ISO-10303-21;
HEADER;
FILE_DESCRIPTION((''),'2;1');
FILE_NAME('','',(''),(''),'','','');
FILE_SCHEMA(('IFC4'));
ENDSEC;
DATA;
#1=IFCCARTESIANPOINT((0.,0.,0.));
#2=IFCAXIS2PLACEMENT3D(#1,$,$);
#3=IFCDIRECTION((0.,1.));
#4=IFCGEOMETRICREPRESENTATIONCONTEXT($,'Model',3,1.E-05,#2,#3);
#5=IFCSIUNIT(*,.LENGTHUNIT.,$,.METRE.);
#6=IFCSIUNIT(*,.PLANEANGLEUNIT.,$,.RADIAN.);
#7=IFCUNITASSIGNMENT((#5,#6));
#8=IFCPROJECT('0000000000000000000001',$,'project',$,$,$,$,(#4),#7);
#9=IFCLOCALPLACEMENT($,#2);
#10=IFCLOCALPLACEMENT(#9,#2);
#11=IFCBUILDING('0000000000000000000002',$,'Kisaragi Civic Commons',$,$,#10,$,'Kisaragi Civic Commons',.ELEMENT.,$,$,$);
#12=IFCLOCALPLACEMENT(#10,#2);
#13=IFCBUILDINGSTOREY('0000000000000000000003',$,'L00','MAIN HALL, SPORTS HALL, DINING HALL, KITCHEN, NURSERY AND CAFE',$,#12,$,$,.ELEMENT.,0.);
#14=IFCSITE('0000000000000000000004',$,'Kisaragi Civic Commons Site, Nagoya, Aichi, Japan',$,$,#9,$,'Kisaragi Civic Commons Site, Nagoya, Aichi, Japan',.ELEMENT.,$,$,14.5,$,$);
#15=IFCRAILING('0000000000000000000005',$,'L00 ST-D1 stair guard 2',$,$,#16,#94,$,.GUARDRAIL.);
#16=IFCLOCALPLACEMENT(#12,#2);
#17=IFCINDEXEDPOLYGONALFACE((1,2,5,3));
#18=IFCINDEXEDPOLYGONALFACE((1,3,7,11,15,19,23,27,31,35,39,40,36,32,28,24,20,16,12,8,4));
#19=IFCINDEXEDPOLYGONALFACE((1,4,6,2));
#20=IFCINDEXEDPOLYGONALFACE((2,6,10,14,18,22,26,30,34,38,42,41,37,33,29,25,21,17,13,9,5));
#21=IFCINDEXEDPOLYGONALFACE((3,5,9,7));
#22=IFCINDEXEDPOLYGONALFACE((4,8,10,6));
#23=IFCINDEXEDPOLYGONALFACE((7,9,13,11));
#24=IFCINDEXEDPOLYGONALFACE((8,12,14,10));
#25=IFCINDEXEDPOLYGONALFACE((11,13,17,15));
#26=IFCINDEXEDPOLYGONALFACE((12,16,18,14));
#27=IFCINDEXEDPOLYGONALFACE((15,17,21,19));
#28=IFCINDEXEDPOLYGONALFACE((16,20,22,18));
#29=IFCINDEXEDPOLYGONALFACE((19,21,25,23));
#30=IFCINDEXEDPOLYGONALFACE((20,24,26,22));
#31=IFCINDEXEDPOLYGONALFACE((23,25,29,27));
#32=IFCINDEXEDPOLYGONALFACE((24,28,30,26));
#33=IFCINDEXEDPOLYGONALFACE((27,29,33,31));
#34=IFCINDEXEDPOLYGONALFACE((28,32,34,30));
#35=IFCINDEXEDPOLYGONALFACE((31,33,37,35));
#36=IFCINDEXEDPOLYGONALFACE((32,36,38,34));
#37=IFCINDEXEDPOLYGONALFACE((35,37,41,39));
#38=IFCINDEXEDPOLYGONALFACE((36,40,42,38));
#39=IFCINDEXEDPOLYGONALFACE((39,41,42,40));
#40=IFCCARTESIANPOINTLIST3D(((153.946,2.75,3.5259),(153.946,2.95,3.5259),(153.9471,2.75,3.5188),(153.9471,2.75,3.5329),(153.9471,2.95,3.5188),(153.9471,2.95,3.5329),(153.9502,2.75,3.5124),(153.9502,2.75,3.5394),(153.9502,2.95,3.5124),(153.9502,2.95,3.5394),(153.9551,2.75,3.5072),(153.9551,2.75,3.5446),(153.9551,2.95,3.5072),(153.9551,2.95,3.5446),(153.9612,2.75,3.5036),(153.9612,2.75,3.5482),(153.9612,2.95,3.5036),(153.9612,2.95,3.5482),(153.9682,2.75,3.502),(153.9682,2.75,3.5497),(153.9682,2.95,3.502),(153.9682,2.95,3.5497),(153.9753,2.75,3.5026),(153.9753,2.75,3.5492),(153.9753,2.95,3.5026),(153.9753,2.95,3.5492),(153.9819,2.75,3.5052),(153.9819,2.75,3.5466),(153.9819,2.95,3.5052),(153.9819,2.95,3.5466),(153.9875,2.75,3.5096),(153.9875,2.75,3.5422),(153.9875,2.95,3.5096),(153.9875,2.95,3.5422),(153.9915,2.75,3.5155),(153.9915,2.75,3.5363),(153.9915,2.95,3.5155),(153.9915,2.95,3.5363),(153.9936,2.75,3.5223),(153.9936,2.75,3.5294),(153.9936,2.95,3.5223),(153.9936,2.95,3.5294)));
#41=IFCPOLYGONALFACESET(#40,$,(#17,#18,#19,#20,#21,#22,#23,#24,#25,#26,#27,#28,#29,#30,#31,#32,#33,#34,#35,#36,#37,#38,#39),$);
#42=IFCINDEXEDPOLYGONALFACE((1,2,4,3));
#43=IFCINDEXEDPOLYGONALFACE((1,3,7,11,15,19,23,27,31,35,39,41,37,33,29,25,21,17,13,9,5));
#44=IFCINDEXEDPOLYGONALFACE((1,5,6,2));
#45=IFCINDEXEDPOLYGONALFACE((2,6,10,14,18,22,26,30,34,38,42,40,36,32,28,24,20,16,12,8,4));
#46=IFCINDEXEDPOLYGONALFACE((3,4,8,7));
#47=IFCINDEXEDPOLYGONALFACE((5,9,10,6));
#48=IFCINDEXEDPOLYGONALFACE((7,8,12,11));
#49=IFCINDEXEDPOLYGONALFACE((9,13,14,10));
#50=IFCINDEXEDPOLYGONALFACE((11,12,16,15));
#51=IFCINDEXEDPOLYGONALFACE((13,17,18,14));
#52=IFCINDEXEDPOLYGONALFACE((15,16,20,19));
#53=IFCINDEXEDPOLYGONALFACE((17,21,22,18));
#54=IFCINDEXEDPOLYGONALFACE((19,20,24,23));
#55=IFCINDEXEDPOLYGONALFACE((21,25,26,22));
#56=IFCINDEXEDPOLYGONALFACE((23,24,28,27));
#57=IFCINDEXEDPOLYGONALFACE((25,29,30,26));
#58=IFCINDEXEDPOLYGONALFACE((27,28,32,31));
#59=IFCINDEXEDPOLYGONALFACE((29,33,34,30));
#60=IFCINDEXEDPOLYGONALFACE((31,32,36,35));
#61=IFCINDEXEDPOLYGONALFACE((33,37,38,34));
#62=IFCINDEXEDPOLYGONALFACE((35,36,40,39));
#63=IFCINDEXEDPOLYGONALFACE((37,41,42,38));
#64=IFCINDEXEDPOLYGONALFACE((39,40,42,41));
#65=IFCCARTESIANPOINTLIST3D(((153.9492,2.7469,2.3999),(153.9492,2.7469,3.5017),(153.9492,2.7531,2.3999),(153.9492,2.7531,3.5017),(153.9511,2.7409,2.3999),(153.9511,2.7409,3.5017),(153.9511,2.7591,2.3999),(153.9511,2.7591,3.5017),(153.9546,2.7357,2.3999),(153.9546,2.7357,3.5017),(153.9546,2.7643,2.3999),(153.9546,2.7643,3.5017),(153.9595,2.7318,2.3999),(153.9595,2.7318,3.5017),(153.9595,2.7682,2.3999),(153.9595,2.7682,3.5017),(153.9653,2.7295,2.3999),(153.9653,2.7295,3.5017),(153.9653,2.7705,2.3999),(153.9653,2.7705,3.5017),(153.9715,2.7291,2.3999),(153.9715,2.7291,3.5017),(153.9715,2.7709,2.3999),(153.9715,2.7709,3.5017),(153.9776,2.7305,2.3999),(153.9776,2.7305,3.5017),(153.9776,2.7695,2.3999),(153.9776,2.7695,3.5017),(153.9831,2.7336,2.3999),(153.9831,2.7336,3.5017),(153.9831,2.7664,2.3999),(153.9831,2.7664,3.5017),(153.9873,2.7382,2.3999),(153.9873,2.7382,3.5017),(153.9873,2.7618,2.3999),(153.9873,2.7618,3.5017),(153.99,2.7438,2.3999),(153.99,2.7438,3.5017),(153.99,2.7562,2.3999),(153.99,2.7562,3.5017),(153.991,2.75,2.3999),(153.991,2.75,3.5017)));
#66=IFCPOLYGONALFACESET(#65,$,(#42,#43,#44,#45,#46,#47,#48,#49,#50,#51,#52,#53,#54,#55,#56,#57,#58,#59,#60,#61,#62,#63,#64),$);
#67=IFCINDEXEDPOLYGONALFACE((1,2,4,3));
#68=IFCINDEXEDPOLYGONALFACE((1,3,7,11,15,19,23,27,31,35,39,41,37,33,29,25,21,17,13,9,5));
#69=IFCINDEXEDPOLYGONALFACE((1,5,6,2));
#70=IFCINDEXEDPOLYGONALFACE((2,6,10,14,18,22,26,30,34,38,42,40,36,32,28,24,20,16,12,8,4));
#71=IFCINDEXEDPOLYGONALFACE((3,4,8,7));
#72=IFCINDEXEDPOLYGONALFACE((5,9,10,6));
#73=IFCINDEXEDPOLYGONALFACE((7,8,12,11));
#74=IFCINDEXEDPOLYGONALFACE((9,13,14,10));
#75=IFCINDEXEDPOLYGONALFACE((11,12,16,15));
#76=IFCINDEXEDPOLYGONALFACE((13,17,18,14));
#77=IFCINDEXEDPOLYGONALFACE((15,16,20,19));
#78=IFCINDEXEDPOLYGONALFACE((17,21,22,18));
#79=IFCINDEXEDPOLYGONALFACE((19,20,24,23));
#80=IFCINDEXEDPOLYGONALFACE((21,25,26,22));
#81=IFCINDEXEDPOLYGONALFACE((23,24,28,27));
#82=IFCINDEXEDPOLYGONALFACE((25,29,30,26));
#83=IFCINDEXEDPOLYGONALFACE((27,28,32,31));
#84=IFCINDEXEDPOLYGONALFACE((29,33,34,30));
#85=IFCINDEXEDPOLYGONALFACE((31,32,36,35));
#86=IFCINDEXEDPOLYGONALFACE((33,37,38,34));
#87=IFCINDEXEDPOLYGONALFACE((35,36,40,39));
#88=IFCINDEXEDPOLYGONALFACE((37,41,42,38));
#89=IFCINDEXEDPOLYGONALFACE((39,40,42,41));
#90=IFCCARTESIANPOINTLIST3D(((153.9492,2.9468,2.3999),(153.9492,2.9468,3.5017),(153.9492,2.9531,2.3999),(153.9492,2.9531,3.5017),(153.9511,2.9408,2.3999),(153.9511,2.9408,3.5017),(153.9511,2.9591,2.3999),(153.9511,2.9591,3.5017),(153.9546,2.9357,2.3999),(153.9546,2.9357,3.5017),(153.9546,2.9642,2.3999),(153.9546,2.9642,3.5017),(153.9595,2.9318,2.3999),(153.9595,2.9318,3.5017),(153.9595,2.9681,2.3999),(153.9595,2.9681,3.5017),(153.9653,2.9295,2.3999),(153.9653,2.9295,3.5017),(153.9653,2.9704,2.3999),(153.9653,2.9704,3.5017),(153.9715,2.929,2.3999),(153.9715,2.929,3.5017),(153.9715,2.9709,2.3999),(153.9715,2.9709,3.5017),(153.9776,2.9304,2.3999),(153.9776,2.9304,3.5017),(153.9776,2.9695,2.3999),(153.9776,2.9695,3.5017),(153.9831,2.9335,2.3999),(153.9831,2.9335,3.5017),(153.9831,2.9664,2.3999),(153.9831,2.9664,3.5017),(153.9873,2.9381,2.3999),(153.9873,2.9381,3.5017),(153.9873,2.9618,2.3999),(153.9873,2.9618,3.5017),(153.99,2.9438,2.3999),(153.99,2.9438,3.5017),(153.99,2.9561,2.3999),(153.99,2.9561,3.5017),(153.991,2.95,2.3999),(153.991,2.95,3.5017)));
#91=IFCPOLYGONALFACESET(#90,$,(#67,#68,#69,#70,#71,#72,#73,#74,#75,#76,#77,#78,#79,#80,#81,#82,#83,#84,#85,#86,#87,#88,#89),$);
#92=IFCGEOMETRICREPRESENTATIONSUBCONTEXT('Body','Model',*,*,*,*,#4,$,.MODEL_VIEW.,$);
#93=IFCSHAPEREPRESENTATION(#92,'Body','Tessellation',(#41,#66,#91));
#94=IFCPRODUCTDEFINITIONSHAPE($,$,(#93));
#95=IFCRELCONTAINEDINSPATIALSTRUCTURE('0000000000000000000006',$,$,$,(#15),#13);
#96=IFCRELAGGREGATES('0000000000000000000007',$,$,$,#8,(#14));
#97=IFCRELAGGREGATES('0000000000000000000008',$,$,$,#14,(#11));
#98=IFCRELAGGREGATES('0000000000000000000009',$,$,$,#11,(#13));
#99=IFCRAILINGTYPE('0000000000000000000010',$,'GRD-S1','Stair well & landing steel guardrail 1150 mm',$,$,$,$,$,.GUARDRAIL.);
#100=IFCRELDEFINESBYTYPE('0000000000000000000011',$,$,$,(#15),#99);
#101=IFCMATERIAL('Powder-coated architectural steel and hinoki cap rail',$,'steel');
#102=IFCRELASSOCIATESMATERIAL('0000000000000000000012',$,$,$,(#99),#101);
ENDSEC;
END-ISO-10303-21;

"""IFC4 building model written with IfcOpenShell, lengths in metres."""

from ifc_helpers import new_model, si_unit, direction, frame, origin, origin_2d, place, context, subcontext, project, spatial, circle, extrude, material, type_object, element, save


model = new_model("IFC4")

# Units and contexts
model_context = context("Model", 3, precision=1e-05, world=origin(), true_north=direction((0.0, 1.0)))
body_context = subcontext(model_context, "Body", "Model", "MODEL_VIEW")
ifc_project = project(units=[si_unit("LENGTHUNIT", "METRE"), si_unit("PLANEANGLEUNIT", "RADIAN")], contexts=[model_context])

# Site, building, storey
site_placement = place(None, origin())
site = spatial("IfcSite", under=ifc_project, at=site_placement, Name="Kisaragi Civic Commons Site, Nagoya, Aichi, Japan", LongName="Kisaragi Civic Commons Site, Nagoya, Aichi, Japan", CompositionType="ELEMENT", RefElevation=14.5)
building_placement = place(site_placement, origin())
building = spatial("IfcBuilding", under=site, at=building_placement, Name="Kisaragi Civic Commons", LongName="Kisaragi Civic Commons", CompositionType="ELEMENT")
storey_placement = place(building_placement, origin())
storey = spatial("IfcBuildingStorey", under=building, at=storey_placement, Name="L00", Description="MAIN HALL, SPORTS HALL, DINING HALL, KITCHEN, NURSERY AND CAFE", CompositionType="ELEMENT", Elevation=0.0)

# Railing
ifc_material_1 = material(Name="Powder-coated architectural steel and hinoki cap rail", Category="steel")
railing_type_1 = type_object("IfcRailingType", Name="GRD-S1", Description="Stair well & landing steel guardrail 1150 mm", PredefinedType="GUARDRAIL", material=ifc_material_1)
railing_1_placement = place(storey_placement, frame((153.97, 2.75, 2.3999)))
element("IfcRailing", 1, at=railing_1_placement, inside=storey, type_object=railing_type_1, Name="L00 ST-D1 stair guard 2", PredefinedType="GUARDRAIL", context=body_context, shape_type="SweptSolid", body=[
    extrude(circle(Radius=0.0239, at=origin_2d()), frame((0.0, 0.0, 1.126), z_axis=(0.0, 1.0, 0.0), x_axis=(-1.0, 0.0, 0.0)), (0.0, 0.0, 1.0), 0.2),
    extrude(circle(Radius=0.021, at=origin_2d()), origin(), (0.0, 0.0, 1.0), 1.1018),
    extrude(circle(Radius=0.021, at=origin_2d()), frame((0.0, 0.2, 0.0)), (0.0, 0.0, 1.0), 1.1018),
])

save(model, "model.ifc")
